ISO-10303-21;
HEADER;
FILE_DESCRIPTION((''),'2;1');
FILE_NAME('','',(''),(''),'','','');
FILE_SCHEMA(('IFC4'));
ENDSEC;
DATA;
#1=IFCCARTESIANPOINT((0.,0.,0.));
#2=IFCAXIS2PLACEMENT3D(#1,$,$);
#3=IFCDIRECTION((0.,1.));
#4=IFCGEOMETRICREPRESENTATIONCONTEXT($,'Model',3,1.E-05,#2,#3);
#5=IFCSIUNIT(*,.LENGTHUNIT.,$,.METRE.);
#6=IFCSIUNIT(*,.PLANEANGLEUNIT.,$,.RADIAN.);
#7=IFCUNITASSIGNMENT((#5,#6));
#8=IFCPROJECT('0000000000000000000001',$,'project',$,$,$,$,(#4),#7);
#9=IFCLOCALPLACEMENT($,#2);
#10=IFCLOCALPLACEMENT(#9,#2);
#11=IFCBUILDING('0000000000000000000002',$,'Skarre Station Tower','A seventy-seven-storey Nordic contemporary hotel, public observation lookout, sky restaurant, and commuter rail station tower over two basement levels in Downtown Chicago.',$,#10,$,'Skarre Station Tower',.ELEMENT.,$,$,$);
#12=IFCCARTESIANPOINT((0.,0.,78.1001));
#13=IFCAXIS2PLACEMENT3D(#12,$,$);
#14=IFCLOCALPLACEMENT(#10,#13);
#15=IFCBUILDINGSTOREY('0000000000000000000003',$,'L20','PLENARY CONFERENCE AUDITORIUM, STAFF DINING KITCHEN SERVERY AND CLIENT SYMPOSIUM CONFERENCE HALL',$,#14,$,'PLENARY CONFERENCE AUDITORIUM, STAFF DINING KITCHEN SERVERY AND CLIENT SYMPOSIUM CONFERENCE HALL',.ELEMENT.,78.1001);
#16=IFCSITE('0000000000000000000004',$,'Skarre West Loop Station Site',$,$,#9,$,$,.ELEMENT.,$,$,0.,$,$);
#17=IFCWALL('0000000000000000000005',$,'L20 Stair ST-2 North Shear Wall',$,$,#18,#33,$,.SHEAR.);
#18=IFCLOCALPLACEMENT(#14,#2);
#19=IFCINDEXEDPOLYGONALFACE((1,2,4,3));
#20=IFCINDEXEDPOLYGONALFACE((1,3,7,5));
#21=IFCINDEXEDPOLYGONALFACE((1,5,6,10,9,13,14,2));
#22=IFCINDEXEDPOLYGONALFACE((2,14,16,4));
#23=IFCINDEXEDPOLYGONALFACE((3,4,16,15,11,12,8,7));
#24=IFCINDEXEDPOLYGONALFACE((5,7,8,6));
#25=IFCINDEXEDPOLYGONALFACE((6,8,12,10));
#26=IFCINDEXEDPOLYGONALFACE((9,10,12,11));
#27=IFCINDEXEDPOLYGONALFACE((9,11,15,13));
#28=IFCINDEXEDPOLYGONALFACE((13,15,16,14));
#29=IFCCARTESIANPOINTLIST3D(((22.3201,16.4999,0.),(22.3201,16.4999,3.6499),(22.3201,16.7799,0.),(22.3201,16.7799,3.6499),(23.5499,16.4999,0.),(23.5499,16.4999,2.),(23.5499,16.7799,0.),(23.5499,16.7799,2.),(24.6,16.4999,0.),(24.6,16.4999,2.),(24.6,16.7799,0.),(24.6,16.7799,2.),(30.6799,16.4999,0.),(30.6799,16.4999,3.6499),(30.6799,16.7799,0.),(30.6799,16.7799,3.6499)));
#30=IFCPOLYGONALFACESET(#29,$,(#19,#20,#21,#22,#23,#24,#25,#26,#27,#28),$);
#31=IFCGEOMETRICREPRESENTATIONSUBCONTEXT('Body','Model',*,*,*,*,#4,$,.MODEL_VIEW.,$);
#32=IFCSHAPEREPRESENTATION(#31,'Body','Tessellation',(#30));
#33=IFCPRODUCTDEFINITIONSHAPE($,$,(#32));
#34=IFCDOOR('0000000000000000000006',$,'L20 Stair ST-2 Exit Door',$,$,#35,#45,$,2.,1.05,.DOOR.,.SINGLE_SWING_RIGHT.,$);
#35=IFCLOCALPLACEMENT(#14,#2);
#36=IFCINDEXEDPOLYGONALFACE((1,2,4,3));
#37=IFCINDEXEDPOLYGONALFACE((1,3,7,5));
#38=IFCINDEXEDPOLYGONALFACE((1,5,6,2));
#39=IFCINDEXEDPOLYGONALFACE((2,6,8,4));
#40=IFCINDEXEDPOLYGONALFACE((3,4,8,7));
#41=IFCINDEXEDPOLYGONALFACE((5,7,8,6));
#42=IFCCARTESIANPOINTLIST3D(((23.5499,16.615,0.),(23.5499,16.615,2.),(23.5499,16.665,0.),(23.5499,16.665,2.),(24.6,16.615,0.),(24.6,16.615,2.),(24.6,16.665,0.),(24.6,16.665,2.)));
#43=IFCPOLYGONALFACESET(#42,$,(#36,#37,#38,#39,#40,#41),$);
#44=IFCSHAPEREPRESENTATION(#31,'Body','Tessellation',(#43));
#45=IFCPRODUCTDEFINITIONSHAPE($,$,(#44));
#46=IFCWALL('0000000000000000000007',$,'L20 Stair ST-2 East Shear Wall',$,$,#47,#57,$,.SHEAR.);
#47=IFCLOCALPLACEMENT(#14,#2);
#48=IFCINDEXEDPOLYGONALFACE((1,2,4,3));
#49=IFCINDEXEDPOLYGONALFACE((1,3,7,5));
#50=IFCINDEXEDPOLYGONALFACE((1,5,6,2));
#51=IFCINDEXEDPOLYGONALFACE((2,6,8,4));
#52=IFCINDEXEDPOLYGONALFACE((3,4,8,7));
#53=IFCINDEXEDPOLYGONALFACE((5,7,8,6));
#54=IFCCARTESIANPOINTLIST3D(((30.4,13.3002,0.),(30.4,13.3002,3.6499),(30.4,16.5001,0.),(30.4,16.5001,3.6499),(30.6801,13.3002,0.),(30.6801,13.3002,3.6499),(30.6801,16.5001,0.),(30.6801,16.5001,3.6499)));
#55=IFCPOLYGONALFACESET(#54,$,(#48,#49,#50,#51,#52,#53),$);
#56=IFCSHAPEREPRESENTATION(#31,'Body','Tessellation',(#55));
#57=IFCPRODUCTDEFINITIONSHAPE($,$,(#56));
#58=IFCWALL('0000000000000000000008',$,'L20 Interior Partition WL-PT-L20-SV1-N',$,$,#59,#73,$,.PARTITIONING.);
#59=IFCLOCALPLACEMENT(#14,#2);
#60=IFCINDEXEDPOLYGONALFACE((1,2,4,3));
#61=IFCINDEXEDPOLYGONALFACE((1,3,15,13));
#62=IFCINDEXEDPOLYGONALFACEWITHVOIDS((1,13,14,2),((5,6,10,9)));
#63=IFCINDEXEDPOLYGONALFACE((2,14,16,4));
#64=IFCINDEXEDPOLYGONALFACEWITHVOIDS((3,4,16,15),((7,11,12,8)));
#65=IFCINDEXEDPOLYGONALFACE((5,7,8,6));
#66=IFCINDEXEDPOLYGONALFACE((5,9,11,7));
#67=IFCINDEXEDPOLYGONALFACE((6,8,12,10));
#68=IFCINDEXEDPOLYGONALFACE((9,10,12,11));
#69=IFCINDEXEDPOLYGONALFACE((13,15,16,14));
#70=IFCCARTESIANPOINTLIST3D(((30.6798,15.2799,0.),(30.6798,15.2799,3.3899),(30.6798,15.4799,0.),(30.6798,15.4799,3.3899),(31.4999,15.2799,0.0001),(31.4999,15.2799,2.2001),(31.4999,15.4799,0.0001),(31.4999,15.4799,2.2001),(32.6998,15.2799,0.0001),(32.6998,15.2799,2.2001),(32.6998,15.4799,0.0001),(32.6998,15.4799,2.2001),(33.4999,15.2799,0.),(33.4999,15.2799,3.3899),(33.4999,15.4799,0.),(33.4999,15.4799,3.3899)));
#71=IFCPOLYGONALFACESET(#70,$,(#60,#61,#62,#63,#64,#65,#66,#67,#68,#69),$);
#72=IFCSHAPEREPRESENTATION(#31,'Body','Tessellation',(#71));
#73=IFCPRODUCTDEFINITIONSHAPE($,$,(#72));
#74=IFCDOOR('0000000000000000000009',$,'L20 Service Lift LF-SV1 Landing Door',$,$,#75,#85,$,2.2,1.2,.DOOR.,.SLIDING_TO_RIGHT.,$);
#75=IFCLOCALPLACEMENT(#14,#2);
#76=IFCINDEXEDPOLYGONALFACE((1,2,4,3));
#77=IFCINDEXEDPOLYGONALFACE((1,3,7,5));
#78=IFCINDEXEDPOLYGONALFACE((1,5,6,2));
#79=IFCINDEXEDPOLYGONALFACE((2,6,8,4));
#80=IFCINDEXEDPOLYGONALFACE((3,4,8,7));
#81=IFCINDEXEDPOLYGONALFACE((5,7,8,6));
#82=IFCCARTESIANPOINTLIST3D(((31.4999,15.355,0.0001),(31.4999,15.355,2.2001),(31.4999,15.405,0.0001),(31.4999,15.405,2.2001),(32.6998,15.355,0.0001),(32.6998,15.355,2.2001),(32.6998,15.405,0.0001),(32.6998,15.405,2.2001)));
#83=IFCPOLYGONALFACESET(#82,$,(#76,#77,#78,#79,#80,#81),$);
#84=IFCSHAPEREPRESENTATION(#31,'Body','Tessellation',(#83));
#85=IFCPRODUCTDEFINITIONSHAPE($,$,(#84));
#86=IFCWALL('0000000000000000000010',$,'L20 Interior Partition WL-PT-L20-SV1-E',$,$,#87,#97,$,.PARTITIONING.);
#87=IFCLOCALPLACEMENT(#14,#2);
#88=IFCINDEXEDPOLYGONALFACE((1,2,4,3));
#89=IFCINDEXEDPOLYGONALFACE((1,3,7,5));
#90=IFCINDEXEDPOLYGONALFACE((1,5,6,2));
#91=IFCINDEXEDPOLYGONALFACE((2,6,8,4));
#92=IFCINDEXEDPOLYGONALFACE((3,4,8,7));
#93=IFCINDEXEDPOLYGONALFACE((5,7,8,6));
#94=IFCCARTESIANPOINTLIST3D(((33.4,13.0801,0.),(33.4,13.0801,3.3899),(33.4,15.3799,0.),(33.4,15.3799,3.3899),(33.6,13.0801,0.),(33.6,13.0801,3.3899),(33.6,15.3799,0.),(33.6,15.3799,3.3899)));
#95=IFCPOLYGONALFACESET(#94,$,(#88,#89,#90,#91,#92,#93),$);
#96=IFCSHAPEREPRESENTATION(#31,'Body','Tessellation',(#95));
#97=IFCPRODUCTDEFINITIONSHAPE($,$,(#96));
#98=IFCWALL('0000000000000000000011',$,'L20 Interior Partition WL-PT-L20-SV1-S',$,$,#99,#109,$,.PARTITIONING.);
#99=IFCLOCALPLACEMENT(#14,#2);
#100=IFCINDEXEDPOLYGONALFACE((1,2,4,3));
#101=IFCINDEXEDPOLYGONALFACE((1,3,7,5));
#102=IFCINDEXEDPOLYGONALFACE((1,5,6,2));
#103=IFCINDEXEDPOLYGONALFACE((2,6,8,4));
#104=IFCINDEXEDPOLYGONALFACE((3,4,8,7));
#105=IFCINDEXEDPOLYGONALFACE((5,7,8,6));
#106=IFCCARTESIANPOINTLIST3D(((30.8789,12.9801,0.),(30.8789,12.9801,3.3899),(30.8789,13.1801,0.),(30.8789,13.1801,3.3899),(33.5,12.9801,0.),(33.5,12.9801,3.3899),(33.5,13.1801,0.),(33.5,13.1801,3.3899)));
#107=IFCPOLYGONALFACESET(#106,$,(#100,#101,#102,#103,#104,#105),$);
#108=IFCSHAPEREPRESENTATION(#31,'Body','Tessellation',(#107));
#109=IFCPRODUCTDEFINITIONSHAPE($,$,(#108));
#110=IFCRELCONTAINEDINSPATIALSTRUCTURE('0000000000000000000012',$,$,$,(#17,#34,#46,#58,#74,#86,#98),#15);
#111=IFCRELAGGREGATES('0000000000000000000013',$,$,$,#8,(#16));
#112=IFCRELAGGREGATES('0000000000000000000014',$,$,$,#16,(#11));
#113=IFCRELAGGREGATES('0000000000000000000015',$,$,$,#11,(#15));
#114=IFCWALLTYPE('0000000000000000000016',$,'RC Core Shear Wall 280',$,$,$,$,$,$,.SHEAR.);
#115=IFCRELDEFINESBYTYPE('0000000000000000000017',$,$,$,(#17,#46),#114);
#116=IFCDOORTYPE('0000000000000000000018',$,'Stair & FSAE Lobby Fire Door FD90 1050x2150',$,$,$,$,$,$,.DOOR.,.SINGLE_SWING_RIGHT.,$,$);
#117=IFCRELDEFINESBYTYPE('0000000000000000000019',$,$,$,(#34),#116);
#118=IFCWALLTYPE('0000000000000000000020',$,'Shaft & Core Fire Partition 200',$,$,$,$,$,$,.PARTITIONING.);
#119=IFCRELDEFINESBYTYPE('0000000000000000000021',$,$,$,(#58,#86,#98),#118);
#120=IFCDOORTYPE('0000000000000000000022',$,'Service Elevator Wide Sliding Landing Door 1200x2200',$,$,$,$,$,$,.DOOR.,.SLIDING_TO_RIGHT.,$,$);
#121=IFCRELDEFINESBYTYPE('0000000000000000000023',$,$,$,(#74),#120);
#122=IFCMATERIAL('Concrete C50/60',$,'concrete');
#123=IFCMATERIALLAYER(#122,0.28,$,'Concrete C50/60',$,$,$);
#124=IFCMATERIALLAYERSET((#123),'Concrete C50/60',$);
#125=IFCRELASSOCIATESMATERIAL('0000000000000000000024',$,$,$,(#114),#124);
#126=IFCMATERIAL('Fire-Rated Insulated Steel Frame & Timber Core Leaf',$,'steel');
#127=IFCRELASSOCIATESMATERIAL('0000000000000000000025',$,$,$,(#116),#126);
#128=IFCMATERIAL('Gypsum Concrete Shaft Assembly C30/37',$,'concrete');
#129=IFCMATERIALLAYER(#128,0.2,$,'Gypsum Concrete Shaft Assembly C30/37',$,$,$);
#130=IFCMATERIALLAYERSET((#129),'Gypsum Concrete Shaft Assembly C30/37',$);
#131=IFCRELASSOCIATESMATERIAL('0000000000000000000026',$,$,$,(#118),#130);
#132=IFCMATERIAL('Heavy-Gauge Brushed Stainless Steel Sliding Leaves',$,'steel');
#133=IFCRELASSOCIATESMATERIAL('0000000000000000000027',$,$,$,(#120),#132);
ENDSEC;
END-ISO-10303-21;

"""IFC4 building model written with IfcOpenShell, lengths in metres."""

from ifc_helpers import new_model, si_unit, direction, frame, frame_2d, origin, place, context, subcontext, project, spatial, rectangle, extrude, material, layer, layer_set, type_object, element, fill, save


model = new_model("IFC4")

# Units and contexts
model_context = context("Model", 3, precision=1e-05, world=origin(), true_north=direction((0.0, 1.0)))
body_context = subcontext(model_context, "Body", "Model", "MODEL_VIEW")
ifc_project = project(units=[si_unit("LENGTHUNIT", "METRE"), si_unit("PLANEANGLEUNIT", "RADIAN")], contexts=[model_context])

# Site, building, storey
site_placement = place(None, origin())
site = spatial("IfcSite", under=ifc_project, at=site_placement, Name="Skarre West Loop Station Site", CompositionType="ELEMENT", RefElevation=0.0)
building_placement = place(site_placement, origin())
building = spatial("IfcBuilding", under=site, at=building_placement, Name="Skarre Station Tower", Description="A seventy-seven-storey Nordic contemporary hotel, public observation lookout, sky restaurant, and commuter rail station tower over two basement levels in Downtown Chicago.", LongName="Skarre Station Tower", CompositionType="ELEMENT")
storey_placement = place(building_placement, frame((0.0, 0.0, 78.1001)))
storey = spatial("IfcBuildingStorey", under=building, at=storey_placement, Name="L20", Description="PLENARY CONFERENCE AUDITORIUM, STAFF DINING KITCHEN SERVERY AND CLIENT SYMPOSIUM CONFERENCE HALL", LongName="PLENARY CONFERENCE AUDITORIUM, STAFF DINING KITCHEN SERVERY AND CLIENT SYMPOSIUM CONFERENCE HALL", CompositionType="ELEMENT", Elevation=78.1001)

# Wall, opening, door
ifc_material_1 = material(Name="Concrete C50/60", Category="concrete")
ifc_layer_1 = layer(ifc_material_1, 0.28, Name="Concrete C50/60")
ifc_layer_set_1 = layer_set([ifc_layer_1], Name="Concrete C50/60")
wall_type_1 = type_object("IfcWallType", Name="RC Core Shear Wall 280", PredefinedType="SHEAR", material=ifc_layer_set_1)
wall_1_placement = place(storey_placement, frame((30.6799, 16.6399, 0.0), z_axis=(0.0, 0.0, 1.0), x_axis=(-1.0, 0.0, 0.0)))
wall_1 = element("IfcWall", 1, at=wall_1_placement, inside=storey, type_object=wall_type_1, Name="L20 Stair ST-2 North Shear Wall", PredefinedType="SHEAR", context=body_context, shape_type="SweptSolid", body=[
    extrude(rectangle(XDim=8.3599, YDim=0.28, at=frame_2d((4.1799, 0.0))), origin(), (0.0, 0.0, 1.0), 3.6499),
])
opening_1_placement = place(wall_1_placement, frame((6.0801, 0.0, 0.0)))
opening_1 = element("IfcOpeningElement", 2, at=opening_1_placement, cuts=wall_1, PredefinedType="OPENING", context=body_context, shape_type="SweptSolid", body=[
    extrude(rectangle(XDim=1.05, YDim=2.0, at=frame_2d((0.5249, 1.0))), frame((0.0, 0.1499, 0.0), z_axis=(0.0, -1.0, 0.0), x_axis=(1.0, 0.0, 0.0)), (0.0, 0.0, 1.0), 0.3),
])
ifc_material_2 = material(Name="Fire-Rated Insulated Steel Frame & Timber Core Leaf", Category="steel")
door_type_1 = type_object("IfcDoorType", Name="Stair & FSAE Lobby Fire Door FD90 1050x2150", OperationType="SINGLE_SWING_RIGHT", PredefinedType="DOOR", material=ifc_material_2)
door_1_placement = place(opening_1_placement, origin())
door_1 = element("IfcDoor", 3, at=door_1_placement, inside=storey, type_object=door_type_1, Name="L20 Stair ST-2 Exit Door", OperationType="SINGLE_SWING_RIGHT", OverallHeight=2.0, OverallWidth=1.05, PredefinedType="DOOR", context=body_context, shape_type="SweptSolid", body=[
    extrude(rectangle(XDim=1.05, YDim=2.0, at=frame_2d((0.5249, 1.0))), frame((0.0, 0.0249, 0.0), z_axis=(0.0, -1.0, 0.0), x_axis=(1.0, 0.0, 0.0)), (0.0, 0.0, 1.0), 0.05),
])
fill(opening_1, door_1)

# Wall
wall_2_placement = place(storey_placement, frame((30.54, 13.3, 0.0), z_axis=(0.0, 0.0, 1.0), x_axis=(0.0, 1.0, 0.0)))
element("IfcWall", 4, at=wall_2_placement, inside=storey, type_object=wall_type_1, Name="L20 Stair ST-2 East Shear Wall", PredefinedType="SHEAR", context=body_context, shape_type="SweptSolid", body=[
    extrude(rectangle(XDim=3.2, YDim=0.28, at=frame_2d((1.6001, 0.0))), origin(), (0.0, 0.0, 1.0), 3.6499),
])

# Wall, opening, door
ifc_material_3 = material(Name="Gypsum Concrete Shaft Assembly C30/37", Category="concrete")
ifc_layer_2 = layer(ifc_material_3, 0.2, Name="Gypsum Concrete Shaft Assembly C30/37")
ifc_layer_set_2 = layer_set([ifc_layer_2], Name="Gypsum Concrete Shaft Assembly C30/37")
wall_type_2 = type_object("IfcWallType", Name="Shaft & Core Fire Partition 200", PredefinedType="PARTITIONING", material=ifc_layer_set_2)
wall_3_placement = place(storey_placement, frame((33.5, 15.3799, 0.0), z_axis=(0.0, 0.0, 1.0), x_axis=(-1.0, 0.0, 0.0)))
wall_3 = element("IfcWall", 5, at=wall_3_placement, inside=storey, type_object=wall_type_2, Name="L20 Interior Partition WL-PT-L20-SV1-N", PredefinedType="PARTITIONING", context=body_context, shape_type="SweptSolid", body=[
    extrude(rectangle(XDim=2.8201, YDim=0.2, at=frame_2d((1.4102, 0.0))), origin(), (0.0, 0.0, 1.0), 3.3899),
])
opening_2_placement = place(wall_3_placement, frame((0.8, 0.0, 0.0)))
opening_2 = element("IfcOpeningElement", 6, at=opening_2_placement, cuts=wall_3, PredefinedType="OPENING", context=body_context, shape_type="SweptSolid", body=[
    extrude(rectangle(XDim=1.2, YDim=2.2, at=frame_2d((0.6001, 1.1001))), frame((0.0, 0.1099, 0.0), z_axis=(0.0, -1.0, 0.0), x_axis=(1.0, 0.0, 0.0)), (0.0, 0.0, 1.0), 0.22),
])
ifc_material_4 = material(Name="Heavy-Gauge Brushed Stainless Steel Sliding Leaves", Category="steel")
door_type_2 = type_object("IfcDoorType", Name="Service Elevator Wide Sliding Landing Door 1200x2200", OperationType="SLIDING_TO_RIGHT", PredefinedType="DOOR", material=ifc_material_4)
door_2_placement = place(opening_2_placement, origin())
door_2 = element("IfcDoor", 7, at=door_2_placement, inside=storey, type_object=door_type_2, Name="L20 Service Lift LF-SV1 Landing Door", OperationType="SLIDING_TO_RIGHT", OverallHeight=2.2, OverallWidth=1.2, PredefinedType="DOOR", context=body_context, shape_type="SweptSolid", body=[
    extrude(rectangle(XDim=1.2, YDim=2.2, at=frame_2d((0.6001, 1.1001))), frame((0.0, 0.0249, 0.0), z_axis=(0.0, -1.0, 0.0), x_axis=(1.0, 0.0, 0.0)), (0.0, 0.0, 1.0), 0.05),
])
fill(opening_2, door_2)

# Walls
wall_4_placement = place(storey_placement, frame((33.5, 13.0801, 0.0), z_axis=(0.0, 0.0, 1.0), x_axis=(0.0, 1.0, 0.0)))
element("IfcWall", 8, at=wall_4_placement, inside=storey, type_object=wall_type_2, Name="L20 Interior Partition WL-PT-L20-SV1-E", PredefinedType="PARTITIONING", context=body_context, shape_type="SweptSolid", body=[
    extrude(rectangle(XDim=2.2998, YDim=0.2, at=frame_2d((1.1499, 0.0))), origin(), (0.0, 0.0, 1.0), 3.3899),
])
wall_5_placement = place(storey_placement, frame((30.8789, 13.0801, 0.0), z_axis=(0.0, 0.0, 1.0), x_axis=(1.0, 0.0, 0.0)))
element("IfcWall", 9, at=wall_5_placement, inside=storey, type_object=wall_type_2, Name="L20 Interior Partition WL-PT-L20-SV1-S", PredefinedType="PARTITIONING", context=body_context, shape_type="SweptSolid", body=[
    extrude(rectangle(XDim=2.6211, YDim=0.2, at=frame_2d((1.3105, 0.0))), origin(), (0.0, 0.0, 1.0), 3.3899),
])

save(model, "model.ifc")
